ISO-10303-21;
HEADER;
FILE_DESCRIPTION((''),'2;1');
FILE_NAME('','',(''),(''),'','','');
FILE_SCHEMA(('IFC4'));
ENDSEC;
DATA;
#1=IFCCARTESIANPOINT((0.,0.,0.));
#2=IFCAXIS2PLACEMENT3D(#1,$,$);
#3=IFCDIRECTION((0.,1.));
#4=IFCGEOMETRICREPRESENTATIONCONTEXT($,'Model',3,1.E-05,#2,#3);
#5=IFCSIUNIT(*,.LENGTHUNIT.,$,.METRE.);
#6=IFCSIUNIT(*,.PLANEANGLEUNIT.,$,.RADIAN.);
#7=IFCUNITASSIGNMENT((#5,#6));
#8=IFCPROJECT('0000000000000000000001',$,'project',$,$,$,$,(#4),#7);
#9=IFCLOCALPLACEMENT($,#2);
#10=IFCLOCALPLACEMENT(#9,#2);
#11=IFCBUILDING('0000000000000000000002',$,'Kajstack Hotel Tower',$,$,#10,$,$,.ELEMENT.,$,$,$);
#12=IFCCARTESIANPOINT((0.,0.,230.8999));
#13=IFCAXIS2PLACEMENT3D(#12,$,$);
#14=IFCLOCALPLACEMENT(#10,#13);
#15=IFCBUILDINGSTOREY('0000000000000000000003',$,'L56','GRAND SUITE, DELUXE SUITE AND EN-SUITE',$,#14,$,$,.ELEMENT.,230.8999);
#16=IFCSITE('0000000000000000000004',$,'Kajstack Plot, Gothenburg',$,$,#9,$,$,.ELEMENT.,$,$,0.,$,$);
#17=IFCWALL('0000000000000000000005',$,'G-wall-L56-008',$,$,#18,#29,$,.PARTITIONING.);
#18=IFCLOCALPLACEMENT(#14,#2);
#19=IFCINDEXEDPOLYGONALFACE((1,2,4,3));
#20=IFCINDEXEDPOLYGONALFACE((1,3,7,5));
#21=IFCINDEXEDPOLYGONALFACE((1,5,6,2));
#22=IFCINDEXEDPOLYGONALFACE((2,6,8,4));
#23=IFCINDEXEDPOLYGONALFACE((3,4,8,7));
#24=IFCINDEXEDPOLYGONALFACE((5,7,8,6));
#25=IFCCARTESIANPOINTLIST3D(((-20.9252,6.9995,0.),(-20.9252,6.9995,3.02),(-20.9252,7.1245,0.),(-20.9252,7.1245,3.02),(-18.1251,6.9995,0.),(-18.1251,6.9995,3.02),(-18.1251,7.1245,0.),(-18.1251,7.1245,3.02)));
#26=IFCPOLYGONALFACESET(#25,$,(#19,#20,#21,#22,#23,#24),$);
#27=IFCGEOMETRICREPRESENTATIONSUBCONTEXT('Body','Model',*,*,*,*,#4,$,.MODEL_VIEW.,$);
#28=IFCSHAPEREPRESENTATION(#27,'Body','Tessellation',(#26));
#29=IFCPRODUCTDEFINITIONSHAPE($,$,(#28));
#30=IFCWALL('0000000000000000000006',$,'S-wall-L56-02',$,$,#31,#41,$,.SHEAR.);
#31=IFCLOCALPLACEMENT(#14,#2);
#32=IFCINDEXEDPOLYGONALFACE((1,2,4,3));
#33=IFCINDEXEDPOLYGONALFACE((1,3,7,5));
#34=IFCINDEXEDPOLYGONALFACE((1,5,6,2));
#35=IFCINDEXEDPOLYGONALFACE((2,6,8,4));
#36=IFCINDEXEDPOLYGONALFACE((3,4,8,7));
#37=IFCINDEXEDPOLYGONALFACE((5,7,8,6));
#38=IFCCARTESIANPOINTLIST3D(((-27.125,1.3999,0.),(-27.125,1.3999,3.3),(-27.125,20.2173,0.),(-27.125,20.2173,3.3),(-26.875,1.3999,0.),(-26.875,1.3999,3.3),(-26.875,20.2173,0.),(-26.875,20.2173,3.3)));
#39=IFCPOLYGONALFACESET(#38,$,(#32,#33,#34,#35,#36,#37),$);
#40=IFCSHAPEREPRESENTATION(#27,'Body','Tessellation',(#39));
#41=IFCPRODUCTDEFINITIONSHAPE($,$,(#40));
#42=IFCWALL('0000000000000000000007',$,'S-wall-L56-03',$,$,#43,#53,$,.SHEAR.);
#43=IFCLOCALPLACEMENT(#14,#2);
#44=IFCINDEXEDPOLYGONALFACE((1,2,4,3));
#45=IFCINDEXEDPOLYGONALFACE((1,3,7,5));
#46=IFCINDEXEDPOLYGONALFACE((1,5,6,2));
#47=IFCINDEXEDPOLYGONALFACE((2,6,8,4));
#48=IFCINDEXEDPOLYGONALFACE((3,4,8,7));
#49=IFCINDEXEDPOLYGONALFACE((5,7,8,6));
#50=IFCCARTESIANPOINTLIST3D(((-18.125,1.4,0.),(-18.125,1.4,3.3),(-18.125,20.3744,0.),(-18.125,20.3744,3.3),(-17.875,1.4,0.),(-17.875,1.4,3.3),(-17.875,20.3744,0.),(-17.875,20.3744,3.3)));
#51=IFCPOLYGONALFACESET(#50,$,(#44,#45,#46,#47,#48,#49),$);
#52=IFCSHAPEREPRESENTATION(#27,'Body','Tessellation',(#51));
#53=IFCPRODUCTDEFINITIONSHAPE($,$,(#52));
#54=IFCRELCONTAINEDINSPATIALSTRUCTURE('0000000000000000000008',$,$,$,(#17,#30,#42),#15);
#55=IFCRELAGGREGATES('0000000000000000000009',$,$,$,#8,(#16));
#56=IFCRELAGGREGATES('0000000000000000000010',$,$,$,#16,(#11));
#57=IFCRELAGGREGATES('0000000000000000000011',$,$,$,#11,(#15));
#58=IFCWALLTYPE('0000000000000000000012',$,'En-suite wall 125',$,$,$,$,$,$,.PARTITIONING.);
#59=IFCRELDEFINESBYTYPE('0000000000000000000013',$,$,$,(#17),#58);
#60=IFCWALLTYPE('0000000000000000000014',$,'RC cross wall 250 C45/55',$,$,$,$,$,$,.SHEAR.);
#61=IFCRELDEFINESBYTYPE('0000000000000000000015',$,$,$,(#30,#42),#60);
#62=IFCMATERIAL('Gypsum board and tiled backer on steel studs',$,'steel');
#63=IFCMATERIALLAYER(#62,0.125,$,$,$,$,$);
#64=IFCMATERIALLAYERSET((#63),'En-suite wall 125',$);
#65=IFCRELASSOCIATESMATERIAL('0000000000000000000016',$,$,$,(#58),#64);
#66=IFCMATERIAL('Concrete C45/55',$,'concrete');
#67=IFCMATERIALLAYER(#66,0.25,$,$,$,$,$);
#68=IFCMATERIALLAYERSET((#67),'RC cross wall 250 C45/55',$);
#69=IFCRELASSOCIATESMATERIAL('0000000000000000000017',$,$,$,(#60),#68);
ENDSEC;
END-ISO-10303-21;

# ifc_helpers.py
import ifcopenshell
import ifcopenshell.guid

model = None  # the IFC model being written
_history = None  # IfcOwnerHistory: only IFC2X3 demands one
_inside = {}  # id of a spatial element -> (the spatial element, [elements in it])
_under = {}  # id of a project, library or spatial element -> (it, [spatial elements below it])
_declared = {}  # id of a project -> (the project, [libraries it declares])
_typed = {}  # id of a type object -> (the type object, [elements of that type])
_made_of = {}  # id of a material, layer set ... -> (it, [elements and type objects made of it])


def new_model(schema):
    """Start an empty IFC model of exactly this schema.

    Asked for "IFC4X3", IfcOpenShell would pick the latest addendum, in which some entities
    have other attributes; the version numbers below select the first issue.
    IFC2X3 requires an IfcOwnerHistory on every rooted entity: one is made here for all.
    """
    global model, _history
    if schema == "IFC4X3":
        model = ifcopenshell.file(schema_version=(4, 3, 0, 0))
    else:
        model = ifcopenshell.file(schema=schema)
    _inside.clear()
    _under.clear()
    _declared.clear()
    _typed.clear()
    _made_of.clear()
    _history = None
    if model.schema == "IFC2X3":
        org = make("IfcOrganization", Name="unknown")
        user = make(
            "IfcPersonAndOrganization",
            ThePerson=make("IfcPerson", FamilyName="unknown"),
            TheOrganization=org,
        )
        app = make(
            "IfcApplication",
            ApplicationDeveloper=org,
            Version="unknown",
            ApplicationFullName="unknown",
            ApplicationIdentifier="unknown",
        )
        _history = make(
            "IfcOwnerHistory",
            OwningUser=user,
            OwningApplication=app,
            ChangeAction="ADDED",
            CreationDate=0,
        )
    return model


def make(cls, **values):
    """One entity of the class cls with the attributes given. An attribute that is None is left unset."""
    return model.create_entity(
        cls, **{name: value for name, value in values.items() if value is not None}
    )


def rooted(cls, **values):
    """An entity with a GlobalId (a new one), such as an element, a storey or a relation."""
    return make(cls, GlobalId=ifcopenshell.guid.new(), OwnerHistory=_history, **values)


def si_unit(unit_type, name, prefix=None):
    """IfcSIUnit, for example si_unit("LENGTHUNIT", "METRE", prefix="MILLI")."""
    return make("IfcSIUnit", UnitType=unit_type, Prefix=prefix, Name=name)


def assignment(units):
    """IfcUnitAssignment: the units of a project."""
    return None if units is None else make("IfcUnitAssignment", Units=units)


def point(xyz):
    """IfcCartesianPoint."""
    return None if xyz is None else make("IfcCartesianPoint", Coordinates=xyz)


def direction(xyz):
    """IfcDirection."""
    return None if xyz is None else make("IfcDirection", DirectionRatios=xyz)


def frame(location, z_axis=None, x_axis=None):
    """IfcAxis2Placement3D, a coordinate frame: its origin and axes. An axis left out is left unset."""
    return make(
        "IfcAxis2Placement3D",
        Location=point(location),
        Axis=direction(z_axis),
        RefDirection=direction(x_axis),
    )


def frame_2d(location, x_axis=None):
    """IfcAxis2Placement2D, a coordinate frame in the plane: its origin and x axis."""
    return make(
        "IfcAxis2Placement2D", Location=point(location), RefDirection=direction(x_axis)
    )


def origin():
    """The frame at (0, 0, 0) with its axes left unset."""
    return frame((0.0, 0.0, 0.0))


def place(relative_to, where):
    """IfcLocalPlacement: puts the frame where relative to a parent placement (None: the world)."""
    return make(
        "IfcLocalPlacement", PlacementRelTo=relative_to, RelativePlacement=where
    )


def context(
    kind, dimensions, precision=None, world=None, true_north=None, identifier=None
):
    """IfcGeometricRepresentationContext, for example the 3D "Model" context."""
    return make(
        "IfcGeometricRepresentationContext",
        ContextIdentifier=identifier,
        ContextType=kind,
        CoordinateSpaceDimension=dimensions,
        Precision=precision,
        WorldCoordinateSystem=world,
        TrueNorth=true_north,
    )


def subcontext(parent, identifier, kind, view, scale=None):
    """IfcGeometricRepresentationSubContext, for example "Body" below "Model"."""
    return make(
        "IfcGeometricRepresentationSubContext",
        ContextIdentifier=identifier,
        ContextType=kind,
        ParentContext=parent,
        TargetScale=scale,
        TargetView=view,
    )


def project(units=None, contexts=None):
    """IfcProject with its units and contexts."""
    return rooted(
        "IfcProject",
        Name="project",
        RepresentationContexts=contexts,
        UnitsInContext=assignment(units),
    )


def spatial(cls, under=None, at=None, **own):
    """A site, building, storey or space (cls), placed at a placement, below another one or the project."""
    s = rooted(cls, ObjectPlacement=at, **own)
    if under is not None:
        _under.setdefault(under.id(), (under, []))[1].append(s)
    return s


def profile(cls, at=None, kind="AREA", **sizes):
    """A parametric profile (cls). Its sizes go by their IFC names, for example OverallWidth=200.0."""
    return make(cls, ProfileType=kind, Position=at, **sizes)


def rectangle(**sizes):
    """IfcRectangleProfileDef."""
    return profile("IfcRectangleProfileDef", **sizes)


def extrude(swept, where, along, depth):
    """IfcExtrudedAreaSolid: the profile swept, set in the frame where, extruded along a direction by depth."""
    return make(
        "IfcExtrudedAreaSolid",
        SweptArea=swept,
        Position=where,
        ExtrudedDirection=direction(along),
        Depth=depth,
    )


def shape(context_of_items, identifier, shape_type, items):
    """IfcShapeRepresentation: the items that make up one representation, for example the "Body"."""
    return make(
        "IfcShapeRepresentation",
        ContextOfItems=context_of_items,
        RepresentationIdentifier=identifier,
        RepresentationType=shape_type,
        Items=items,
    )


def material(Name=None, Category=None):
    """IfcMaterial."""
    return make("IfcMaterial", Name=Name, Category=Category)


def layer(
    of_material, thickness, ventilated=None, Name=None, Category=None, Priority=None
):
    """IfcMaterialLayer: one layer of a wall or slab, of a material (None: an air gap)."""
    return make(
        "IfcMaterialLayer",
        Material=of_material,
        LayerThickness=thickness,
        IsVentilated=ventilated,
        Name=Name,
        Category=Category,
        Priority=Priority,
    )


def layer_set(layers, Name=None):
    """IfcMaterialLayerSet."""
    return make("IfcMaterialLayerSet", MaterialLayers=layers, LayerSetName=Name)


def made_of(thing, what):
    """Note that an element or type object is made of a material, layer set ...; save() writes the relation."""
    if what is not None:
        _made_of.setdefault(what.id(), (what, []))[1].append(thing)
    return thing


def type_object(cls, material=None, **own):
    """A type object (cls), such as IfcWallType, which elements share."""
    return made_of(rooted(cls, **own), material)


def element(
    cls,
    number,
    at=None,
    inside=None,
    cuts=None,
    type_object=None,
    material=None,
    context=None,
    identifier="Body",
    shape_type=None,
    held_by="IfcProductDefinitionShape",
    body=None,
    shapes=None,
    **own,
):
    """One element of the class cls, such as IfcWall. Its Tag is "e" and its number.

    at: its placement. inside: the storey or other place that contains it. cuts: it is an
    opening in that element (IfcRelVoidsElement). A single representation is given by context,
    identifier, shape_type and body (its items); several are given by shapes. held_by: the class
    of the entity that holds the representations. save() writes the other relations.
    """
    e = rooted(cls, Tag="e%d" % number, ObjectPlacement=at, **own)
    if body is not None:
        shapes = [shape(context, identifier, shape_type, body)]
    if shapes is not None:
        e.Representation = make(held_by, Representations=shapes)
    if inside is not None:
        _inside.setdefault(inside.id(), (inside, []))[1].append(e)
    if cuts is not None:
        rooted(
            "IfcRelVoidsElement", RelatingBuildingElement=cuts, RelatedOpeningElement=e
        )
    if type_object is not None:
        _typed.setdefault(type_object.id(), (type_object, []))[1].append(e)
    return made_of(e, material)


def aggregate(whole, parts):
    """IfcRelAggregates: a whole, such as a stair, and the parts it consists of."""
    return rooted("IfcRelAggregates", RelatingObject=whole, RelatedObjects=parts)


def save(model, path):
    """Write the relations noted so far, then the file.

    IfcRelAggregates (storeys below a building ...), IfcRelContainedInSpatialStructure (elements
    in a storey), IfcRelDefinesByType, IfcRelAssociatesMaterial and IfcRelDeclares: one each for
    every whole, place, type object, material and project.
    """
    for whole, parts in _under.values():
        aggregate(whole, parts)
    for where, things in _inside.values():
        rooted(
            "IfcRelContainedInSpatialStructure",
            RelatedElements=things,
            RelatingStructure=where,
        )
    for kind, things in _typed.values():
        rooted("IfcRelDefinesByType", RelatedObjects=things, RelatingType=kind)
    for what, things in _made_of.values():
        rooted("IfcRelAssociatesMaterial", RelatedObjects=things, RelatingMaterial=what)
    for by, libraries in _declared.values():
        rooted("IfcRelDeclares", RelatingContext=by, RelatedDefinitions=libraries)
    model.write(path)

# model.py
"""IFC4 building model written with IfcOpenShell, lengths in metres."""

from ifc_helpers import new_model, si_unit, direction, frame, frame_2d, origin, place, context, subcontext, project, spatial, rectangle, extrude, material, layer, layer_set, type_object, element, save


model = new_model("IFC4")

# Units and contexts
model_context = context("Model", 3, precision=1e-05, world=origin(), true_north=direction((0.0, 1.0)))
body_context = subcontext(model_context, "Body", "Model", "MODEL_VIEW")
ifc_project = project(units=[si_unit("LENGTHUNIT", "METRE"), si_unit("PLANEANGLEUNIT", "RADIAN")], contexts=[model_context])

# Site, building, storey
site_placement = place(None, origin())
site = spatial("IfcSite", under=ifc_project, at=site_placement, Name="Kajstack Plot, Gothenburg", CompositionType="ELEMENT", RefElevation=0.0)
building_placement = place(site_placement, origin())
building = spatial("IfcBuilding", under=site, at=building_placement, Name="Kajstack Hotel Tower", CompositionType="ELEMENT")
storey_placement = place(building_placement, frame((0.0, 0.0, 230.8999)))
storey = spatial("IfcBuildingStorey", under=building, at=storey_placement, Name="L56", Description="GRAND SUITE, DELUXE SUITE AND EN-SUITE", CompositionType="ELEMENT", Elevation=230.8999)

# Shared definitions
ifc_material_1 = material(Name="Gypsum board and tiled backer on steel studs", Category="steel")
ifc_layer_1 = layer(ifc_material_1, 0.125)
ifc_layer_set_1 = layer_set([ifc_layer_1], Name="En-suite wall 125")
wall_type_1 = type_object("IfcWallType", Name="En-suite wall 125", PredefinedType="PARTITIONING", material=ifc_layer_set_1)

# Walls
wall_1_placement = place(storey_placement, frame((-20.925, 7.062, 0.0), z_axis=(0.0, 0.0, 1.0), x_axis=(1.0, 0.0, 0.0)))
element("IfcWall", 1, at=wall_1_placement, inside=storey, type_object=wall_type_1, Name="G-wall-L56-008", PredefinedType="PARTITIONING", context=body_context, shape_type="SweptSolid", body=[
    extrude(rectangle(XDim=2.8, YDim=0.125, at=frame_2d((1.3999, 0.0))), origin(), (0.0, 0.0, 1.0), 3.02),
])
ifc_material_2 = material(Name="Concrete C45/55", Category="concrete")
ifc_layer_2 = layer(ifc_material_2, 0.25)
ifc_layer_set_2 = layer_set([ifc_layer_2], Name="RC cross wall 250 C45/55")
wall_type_2 = type_object("IfcWallType", Name="RC cross wall 250 C45/55", PredefinedType="SHEAR", material=ifc_layer_set_2)
wall_2_placement = place(storey_placement, frame((-27.0, 1.3999, 0.0), z_axis=(0.0, 0.0, 1.0), x_axis=(0.0, 1.0, 0.0)))
element("IfcWall", 2, at=wall_2_placement, inside=storey, type_object=wall_type_2, Name="S-wall-L56-02", PredefinedType="SHEAR", context=body_context, shape_type="SweptSolid", body=[
    extrude(rectangle(XDim=18.8174, YDim=0.25, at=frame_2d((9.4087, 0.0))), origin(), (0.0, 0.0, 1.0), 3.3),
])
wall_3_placement = place(storey_placement, frame((-18.0, 1.3999, 0.0), z_axis=(0.0, 0.0, 1.0), x_axis=(0.0, 1.0, 0.0)))
element("IfcWall", 3, at=wall_3_placement, inside=storey, type_object=wall_type_2, Name="S-wall-L56-03", PredefinedType="SHEAR", context=body_context, shape_type="SweptSolid", body=[
    extrude(rectangle(XDim=18.9744, YDim=0.25, at=frame_2d((9.4873, 0.0))), origin(), (0.0, 0.0, 1.0), 3.3),
])

save(model, "model.ifc")
